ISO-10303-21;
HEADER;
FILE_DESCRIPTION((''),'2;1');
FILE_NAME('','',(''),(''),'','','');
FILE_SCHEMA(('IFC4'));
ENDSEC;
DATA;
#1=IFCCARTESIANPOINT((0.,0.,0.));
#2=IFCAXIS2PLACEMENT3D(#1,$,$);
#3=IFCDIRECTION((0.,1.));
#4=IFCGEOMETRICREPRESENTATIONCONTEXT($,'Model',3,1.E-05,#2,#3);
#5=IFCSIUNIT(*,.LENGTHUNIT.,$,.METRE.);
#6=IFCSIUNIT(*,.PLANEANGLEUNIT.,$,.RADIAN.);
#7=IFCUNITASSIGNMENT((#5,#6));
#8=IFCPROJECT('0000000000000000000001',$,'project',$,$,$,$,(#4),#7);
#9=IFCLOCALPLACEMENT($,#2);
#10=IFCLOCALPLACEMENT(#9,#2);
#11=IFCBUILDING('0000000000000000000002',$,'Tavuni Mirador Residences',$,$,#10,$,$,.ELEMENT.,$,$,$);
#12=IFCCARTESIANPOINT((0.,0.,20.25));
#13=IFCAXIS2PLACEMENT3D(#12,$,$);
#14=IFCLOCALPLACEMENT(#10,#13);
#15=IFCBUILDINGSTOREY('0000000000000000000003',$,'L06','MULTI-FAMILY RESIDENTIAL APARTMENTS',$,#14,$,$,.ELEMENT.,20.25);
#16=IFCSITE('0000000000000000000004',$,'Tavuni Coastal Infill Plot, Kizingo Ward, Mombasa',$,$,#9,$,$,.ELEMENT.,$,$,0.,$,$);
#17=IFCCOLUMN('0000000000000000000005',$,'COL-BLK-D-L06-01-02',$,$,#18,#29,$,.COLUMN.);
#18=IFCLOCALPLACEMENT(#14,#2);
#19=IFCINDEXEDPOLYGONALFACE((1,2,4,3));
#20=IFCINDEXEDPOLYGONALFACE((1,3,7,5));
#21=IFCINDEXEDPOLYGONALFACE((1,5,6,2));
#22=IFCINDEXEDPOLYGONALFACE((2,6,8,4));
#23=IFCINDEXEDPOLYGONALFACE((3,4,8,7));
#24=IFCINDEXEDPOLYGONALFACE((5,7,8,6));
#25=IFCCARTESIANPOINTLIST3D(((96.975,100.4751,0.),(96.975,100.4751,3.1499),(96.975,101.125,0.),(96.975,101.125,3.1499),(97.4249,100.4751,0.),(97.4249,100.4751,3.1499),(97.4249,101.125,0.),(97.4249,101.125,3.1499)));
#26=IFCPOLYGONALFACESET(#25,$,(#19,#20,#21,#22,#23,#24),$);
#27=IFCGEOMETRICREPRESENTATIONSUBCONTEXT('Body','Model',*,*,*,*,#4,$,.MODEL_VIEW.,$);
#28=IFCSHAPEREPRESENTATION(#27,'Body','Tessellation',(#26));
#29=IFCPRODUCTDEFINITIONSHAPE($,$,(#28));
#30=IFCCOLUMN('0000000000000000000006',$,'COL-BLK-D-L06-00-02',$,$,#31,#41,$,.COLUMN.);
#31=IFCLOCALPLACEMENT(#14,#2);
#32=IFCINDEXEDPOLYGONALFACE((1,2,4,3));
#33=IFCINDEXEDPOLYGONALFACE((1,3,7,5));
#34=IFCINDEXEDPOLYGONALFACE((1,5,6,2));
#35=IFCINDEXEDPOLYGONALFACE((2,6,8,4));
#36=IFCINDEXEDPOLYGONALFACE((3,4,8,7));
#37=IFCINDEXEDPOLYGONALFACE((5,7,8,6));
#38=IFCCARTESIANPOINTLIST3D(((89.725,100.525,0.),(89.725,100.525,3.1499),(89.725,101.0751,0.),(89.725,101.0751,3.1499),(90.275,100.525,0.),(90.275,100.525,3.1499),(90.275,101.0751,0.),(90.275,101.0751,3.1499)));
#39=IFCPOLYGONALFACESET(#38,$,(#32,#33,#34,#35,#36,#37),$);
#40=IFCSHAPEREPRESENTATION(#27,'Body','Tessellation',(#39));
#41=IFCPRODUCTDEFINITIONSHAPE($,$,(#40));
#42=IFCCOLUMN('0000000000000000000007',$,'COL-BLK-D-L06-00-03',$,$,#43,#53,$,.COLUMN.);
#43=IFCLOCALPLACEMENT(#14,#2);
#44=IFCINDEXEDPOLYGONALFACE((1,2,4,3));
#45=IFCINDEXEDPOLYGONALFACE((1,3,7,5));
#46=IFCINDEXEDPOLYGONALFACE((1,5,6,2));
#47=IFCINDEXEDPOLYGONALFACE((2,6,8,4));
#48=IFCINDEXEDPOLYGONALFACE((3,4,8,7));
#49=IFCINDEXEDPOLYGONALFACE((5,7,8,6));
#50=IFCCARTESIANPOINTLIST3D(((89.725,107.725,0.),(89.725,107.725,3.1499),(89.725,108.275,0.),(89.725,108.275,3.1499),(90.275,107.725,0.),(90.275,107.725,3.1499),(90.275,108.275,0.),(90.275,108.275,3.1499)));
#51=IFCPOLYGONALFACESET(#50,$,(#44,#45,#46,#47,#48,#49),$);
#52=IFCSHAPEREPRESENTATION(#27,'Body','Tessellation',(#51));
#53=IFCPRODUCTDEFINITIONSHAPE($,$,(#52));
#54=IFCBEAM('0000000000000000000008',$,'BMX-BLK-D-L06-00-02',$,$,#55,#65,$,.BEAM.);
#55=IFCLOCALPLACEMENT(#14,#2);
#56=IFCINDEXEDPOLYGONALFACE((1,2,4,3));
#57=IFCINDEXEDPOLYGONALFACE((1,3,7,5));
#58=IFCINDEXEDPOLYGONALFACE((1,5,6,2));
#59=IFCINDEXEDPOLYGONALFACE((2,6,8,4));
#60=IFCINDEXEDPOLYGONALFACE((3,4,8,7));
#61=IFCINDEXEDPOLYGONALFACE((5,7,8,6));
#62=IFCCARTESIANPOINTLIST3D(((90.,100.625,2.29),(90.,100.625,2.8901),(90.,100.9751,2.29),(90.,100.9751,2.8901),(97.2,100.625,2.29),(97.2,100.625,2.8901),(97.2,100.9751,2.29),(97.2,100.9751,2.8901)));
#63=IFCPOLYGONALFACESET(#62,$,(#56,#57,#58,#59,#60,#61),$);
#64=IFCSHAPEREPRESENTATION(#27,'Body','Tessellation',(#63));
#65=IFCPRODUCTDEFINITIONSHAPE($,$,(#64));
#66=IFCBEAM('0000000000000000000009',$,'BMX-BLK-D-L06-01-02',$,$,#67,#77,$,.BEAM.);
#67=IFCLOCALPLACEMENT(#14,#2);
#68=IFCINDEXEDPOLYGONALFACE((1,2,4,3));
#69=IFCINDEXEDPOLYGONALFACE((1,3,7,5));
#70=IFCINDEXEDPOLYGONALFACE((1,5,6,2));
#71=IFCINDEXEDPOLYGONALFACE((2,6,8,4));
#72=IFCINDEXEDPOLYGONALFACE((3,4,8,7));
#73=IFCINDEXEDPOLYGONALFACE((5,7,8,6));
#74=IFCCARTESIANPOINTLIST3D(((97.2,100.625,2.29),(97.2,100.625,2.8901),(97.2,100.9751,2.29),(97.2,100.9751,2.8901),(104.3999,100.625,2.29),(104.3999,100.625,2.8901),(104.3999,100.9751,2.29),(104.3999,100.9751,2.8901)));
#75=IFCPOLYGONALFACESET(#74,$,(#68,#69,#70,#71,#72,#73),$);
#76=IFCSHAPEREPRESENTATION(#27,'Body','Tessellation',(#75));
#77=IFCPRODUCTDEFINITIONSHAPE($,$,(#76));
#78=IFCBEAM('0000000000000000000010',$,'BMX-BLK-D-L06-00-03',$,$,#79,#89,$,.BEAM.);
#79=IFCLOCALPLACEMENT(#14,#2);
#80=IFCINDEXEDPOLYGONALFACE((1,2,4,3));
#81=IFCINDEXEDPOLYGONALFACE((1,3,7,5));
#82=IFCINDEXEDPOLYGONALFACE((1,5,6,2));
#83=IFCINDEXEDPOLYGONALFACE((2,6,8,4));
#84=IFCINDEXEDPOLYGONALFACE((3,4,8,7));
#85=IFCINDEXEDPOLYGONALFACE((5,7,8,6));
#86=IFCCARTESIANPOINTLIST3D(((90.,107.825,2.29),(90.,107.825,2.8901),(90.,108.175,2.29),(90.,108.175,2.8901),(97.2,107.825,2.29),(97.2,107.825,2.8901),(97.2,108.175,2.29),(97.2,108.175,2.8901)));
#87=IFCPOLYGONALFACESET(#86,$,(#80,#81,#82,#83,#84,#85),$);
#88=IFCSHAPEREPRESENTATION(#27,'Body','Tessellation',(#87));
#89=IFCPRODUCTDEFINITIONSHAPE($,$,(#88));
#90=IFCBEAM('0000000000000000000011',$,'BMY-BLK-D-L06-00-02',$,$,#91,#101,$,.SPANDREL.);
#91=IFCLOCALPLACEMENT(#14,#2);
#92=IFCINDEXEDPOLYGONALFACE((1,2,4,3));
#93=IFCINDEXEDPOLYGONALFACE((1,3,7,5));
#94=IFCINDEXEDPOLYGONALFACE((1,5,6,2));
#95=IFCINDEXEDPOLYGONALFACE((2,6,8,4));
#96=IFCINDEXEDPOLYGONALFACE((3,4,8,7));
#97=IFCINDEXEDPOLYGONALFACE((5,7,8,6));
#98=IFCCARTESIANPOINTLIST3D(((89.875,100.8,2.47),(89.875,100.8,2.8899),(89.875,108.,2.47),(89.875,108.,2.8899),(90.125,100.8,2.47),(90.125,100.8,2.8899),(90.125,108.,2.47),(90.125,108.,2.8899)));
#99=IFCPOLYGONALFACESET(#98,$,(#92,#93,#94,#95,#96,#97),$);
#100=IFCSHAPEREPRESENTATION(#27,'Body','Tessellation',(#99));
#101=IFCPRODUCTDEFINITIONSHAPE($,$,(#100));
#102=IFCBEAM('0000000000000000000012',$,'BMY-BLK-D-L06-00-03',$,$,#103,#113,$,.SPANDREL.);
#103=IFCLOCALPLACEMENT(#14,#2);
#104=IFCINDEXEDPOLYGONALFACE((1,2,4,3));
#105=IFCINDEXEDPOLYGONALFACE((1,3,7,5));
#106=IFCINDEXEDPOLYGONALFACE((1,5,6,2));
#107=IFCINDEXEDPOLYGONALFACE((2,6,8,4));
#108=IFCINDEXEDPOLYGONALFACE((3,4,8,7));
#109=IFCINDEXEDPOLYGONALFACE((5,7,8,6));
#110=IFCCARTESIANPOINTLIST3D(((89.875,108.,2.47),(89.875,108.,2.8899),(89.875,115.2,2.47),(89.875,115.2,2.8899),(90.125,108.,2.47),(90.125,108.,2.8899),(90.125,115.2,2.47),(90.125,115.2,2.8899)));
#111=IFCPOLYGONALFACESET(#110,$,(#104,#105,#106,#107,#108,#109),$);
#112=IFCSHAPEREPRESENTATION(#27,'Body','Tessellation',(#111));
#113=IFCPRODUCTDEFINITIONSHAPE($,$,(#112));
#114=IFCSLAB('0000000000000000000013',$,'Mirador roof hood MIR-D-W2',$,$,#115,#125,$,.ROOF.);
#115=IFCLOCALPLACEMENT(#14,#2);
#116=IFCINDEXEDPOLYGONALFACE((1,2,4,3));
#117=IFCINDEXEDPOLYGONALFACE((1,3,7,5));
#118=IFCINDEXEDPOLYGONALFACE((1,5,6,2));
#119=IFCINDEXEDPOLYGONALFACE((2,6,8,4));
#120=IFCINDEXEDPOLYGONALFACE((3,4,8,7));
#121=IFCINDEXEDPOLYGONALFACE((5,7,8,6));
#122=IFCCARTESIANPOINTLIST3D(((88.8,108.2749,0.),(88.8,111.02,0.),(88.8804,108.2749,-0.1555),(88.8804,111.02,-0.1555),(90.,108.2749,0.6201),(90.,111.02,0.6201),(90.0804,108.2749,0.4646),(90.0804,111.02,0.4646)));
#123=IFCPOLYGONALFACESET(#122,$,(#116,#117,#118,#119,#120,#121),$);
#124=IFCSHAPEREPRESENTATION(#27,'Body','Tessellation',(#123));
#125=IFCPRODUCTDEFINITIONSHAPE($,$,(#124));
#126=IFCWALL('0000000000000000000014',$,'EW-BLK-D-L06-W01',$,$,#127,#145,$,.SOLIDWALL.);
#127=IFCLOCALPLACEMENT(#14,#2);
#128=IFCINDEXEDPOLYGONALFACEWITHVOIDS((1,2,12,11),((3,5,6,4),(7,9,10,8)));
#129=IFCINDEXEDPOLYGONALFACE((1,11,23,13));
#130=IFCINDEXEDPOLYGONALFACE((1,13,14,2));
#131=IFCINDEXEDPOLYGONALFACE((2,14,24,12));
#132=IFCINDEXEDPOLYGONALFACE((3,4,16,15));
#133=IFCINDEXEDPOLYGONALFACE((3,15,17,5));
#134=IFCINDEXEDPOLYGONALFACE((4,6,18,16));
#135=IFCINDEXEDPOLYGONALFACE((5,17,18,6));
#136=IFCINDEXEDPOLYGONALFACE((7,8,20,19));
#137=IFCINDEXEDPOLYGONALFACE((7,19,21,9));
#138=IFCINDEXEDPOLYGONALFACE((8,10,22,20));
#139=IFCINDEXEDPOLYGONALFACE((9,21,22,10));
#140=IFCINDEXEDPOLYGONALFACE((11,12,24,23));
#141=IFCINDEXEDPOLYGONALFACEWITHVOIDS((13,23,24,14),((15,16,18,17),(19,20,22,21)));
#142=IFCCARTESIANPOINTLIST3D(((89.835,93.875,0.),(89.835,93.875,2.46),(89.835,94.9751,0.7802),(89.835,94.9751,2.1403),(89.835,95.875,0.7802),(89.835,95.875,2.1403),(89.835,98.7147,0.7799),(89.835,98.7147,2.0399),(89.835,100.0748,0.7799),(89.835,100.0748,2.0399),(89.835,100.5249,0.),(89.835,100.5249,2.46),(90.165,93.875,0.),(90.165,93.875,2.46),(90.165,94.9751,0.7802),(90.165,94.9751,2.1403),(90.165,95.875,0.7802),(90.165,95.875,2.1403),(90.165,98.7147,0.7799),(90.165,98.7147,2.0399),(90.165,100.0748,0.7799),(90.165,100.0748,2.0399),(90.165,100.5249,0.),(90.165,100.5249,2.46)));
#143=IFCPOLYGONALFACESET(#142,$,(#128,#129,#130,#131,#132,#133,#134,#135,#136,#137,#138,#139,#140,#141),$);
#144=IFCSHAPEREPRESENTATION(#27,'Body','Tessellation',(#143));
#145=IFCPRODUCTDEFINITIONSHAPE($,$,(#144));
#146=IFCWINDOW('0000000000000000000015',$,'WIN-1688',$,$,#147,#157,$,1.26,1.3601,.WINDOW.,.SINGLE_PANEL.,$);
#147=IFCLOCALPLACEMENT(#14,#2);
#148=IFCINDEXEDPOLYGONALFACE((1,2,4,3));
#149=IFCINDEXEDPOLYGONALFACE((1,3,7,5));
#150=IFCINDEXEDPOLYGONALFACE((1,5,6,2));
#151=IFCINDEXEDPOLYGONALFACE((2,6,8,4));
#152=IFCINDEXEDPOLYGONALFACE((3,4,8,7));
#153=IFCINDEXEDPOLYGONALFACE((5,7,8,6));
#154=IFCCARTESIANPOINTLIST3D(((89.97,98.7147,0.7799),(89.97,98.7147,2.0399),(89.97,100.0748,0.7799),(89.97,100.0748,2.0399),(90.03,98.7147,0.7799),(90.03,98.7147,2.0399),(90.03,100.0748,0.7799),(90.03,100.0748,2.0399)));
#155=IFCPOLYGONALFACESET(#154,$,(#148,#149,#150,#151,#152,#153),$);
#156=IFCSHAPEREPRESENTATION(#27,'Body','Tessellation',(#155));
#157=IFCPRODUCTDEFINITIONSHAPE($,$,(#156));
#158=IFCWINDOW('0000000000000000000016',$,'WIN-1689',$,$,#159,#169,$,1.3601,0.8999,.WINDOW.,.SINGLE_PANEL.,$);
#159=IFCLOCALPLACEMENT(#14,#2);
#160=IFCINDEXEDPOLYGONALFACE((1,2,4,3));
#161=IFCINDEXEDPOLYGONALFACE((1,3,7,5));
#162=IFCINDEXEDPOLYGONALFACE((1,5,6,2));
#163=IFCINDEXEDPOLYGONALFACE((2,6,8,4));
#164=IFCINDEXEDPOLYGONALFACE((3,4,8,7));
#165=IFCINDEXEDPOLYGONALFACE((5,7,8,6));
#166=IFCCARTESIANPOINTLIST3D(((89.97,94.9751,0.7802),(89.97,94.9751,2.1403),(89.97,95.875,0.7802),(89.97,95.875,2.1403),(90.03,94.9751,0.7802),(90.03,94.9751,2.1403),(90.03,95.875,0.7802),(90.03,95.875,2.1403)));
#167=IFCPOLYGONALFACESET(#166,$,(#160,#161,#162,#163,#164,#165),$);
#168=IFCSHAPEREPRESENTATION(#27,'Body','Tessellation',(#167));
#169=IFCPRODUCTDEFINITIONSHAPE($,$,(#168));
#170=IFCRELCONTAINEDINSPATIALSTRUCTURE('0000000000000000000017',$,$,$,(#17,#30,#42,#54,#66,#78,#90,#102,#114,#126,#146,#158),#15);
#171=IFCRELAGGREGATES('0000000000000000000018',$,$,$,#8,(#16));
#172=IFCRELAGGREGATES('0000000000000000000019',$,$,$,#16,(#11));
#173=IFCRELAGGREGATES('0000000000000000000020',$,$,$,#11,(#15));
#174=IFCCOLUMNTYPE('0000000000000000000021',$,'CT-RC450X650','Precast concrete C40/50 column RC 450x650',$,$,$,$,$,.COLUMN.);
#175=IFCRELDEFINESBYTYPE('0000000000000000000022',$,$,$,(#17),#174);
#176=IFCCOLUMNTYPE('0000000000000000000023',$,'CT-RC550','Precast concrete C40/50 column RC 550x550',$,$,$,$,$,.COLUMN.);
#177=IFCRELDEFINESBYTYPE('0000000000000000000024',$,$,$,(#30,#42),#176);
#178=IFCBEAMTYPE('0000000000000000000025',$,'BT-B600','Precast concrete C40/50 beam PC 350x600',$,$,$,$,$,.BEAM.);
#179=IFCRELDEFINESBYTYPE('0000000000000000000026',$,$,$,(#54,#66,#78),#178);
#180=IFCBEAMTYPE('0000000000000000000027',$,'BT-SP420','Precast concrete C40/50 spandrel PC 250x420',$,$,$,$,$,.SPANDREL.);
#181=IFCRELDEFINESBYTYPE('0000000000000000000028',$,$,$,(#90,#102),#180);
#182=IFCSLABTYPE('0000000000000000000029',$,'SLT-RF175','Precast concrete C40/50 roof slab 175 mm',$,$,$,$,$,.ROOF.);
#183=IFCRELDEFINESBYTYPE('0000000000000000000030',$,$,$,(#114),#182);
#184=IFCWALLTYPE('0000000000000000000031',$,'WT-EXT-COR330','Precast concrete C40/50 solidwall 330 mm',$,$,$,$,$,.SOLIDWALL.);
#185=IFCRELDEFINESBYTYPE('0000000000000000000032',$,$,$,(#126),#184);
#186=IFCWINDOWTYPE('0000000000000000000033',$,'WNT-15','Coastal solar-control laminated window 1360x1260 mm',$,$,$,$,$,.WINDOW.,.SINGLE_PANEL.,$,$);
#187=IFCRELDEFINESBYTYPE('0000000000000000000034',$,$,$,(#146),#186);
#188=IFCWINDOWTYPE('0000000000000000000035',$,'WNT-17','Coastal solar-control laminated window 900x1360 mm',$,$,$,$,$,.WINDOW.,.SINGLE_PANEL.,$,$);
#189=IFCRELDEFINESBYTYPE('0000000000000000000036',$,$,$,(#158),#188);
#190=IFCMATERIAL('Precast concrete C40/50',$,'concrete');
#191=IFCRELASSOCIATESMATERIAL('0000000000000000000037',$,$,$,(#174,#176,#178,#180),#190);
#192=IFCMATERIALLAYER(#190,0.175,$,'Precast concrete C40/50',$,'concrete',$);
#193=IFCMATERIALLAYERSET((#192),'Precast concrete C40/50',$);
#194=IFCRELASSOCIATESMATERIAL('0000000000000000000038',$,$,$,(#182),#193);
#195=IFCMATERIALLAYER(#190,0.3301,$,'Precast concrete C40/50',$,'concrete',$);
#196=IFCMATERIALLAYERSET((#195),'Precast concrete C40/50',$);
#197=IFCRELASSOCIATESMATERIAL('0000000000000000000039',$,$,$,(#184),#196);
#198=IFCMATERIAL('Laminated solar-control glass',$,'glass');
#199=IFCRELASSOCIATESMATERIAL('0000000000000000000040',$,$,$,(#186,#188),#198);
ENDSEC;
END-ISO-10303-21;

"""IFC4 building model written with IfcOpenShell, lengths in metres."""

from ifc_helpers import new_model, si_unit, direction, frame, frame_2d, origin, origin_2d, place, context, subcontext, project, spatial, polyline, rectangle, outline, extrude, material, layer, layer_set, material_profile, profile_set, type_object, element, fill, save


model = new_model("IFC4")

# Units and contexts
model_context = context("Model", 3, precision=1e-05, world=origin(), true_north=direction((0.0, 1.0)))
body_context = subcontext(model_context, "Body", "Model", "MODEL_VIEW")
ifc_project = project(units=[si_unit("LENGTHUNIT", "METRE"), si_unit("PLANEANGLEUNIT", "RADIAN")], contexts=[model_context])

# Site, building, storey
site_placement = place(None, origin())
site = spatial("IfcSite", under=ifc_project, at=site_placement, Name="Tavuni Coastal Infill Plot, Kizingo Ward, Mombasa", CompositionType="ELEMENT", RefElevation=0.0)
building_placement = place(site_placement, origin())
building = spatial("IfcBuilding", under=site, at=building_placement, Name="Tavuni Mirador Residences", CompositionType="ELEMENT")
storey_placement = place(building_placement, frame((0.0, 0.0, 20.25)))
storey = spatial("IfcBuildingStorey", under=building, at=storey_placement, Name="L06", Description="MULTI-FAMILY RESIDENTIAL APARTMENTS", CompositionType="ELEMENT", Elevation=20.25)

# Columns
ifc_material_1 = material(Name="Precast concrete C40/50", Category="concrete")
ifc_material_profile_1 = material_profile(ifc_material_1, rectangle(XDim=0.45, YDim=0.6499, at=origin_2d()), Name="RC 450x650", Category="concrete")
ifc_profile_set_1 = profile_set([ifc_material_profile_1], Name="Precast concrete C40/50")
column_type_1 = type_object("IfcColumnType", Name="CT-RC450X650", Description="Precast concrete C40/50 column RC 450x650", PredefinedType="COLUMN", material=ifc_profile_set_1)
column_placement = place(storey_placement, frame((97.2, 100.8, 0.0), z_axis=(0.0, 0.0, 1.0), x_axis=(1.0, 0.0, 0.0)))
element("IfcColumn", 1, at=column_placement, inside=storey, type_object=column_type_1, Name="COL-BLK-D-L06-01-02", PredefinedType="COLUMN", context=body_context, shape_type="SweptSolid", body=[
    extrude(rectangle(XDim=0.45, YDim=0.6499, at=origin_2d()), origin(), (0.0, 0.0, 1.0), 3.1499),
])
ifc_material_profile_2 = material_profile(ifc_material_1, rectangle(XDim=0.55, YDim=0.55, at=origin_2d()), Name="RC 550x550", Category="concrete")
ifc_profile_set_2 = profile_set([ifc_material_profile_2], Name="Precast concrete C40/50")
column_type_2 = type_object("IfcColumnType", Name="CT-RC550", Description="Precast concrete C40/50 column RC 550x550", PredefinedType="COLUMN", material=ifc_profile_set_2)
for number, where, z_axis, x_axis, name in (
    (2, (90.0, 100.8, 0.0), (0.0, 0.0, 1.0), (1.0, 0.0, 0.0), "COL-BLK-D-L06-00-02"),
    (3, (90.0, 108.0, 0.0), (0.0, 0.0, 1.0), (1.0, 0.0, 0.0), "COL-BLK-D-L06-00-03"),
):
    element("IfcColumn", number, at=place(storey_placement, frame(where, z_axis=z_axis, x_axis=x_axis)), inside=storey, type_object=column_type_2, Name=name, PredefinedType="COLUMN", context=body_context, shape_type="SweptSolid", body=[
        extrude(rectangle(XDim=0.55, YDim=0.55, at=origin_2d()), origin(), (0.0, 0.0, 1.0), 3.1499),
    ])

# Beams
ifc_material_profile_3 = material_profile(ifc_material_1, rectangle(XDim=0.3501, YDim=0.6001, at=origin_2d()), Name="PC 350x600", Category="concrete")
ifc_profile_set_3 = profile_set([ifc_material_profile_3], Name="Precast concrete C40/50")
beam_type_1 = type_object("IfcBeamType", Name="BT-B600", Description="Precast concrete C40/50 beam PC 350x600", PredefinedType="BEAM", material=ifc_profile_set_3)
for number, where, z_axis, x_axis, name in (
    (4, (90.0, 100.8, 2.5901), (1.0, 0.0, 0.0), (0.0, 1.0, 0.0), "BMX-BLK-D-L06-00-02"),
    (5, (97.2, 100.8, 2.5901), (1.0, 0.0, 0.0), (0.0, 1.0, 0.0), "BMX-BLK-D-L06-01-02"),
    (6, (90.0, 108.0, 2.5901), (1.0, 0.0, 0.0), (0.0, 1.0, 0.0), "BMX-BLK-D-L06-00-03"),
):
    element("IfcBeam", number, at=place(storey_placement, frame(where, z_axis=z_axis, x_axis=x_axis)), inside=storey, type_object=beam_type_1, Name=name, PredefinedType="BEAM", context=body_context, shape_type="SweptSolid", body=[
        extrude(rectangle(XDim=0.3501, YDim=0.6001, at=origin_2d()), origin(), (0.0, 0.0, 1.0), 7.2),
    ])
ifc_material_profile_4 = material_profile(ifc_material_1, rectangle(XDim=0.25, YDim=0.4199, at=origin_2d()), Name="PC 250x420", Category="concrete")
ifc_profile_set_4 = profile_set([ifc_material_profile_4], Name="Precast concrete C40/50")
beam_type_2 = type_object("IfcBeamType", Name="BT-SP420", Description="Precast concrete C40/50 spandrel PC 250x420", PredefinedType="SPANDREL", material=ifc_profile_set_4)
for number, where, z_axis, x_axis, name in (
    (7, (90.0, 100.8, 2.6799), (0.0, 1.0, 0.0), (-1.0, 0.0, 0.0), "BMY-BLK-D-L06-00-02"),
    (8, (90.0, 108.0, 2.6799), (0.0, 1.0, 0.0), (-1.0, 0.0, 0.0), "BMY-BLK-D-L06-00-03"),
):
    element("IfcBeam", number, at=place(storey_placement, frame(where, z_axis=z_axis, x_axis=x_axis)), inside=storey, type_object=beam_type_2, Name=name, PredefinedType="SPANDREL", context=body_context, shape_type="SweptSolid", body=[
        extrude(rectangle(XDim=0.25, YDim=0.4199, at=origin_2d()), origin(), (0.0, 0.0, 1.0), 7.2),
    ])

# Slab
ifc_layer_1 = layer(ifc_material_1, 0.175, Name="Precast concrete C40/50", Category="concrete")
ifc_layer_set_1 = layer_set([ifc_layer_1], Name="Precast concrete C40/50")
slab_type = type_object("IfcSlabType", Name="SLT-RF175", Description="Precast concrete C40/50 roof slab 175 mm", PredefinedType="ROOF", material=ifc_layer_set_1)
slab_placement = place(storey_placement, frame((90.0, 108.2749, 0.6201), z_axis=(-0.459103, 0.0, 0.888383), x_axis=(0.0, 1.0, 0.0)))
element("IfcSlab", 9, at=slab_placement, inside=storey, type_object=slab_type, Name="Mirador roof hood MIR-D-W2", PredefinedType="ROOF", context=body_context, shape_type="SweptSolid", body=[
    extrude(outline(polyline([(0.0, 0.0), (2.7451, 0.0), (2.7451, 1.3507), (0.0, 1.3507), (0.0, 0.0)])), origin(), (0.0, 0.0, -1.0), 0.175),
])

# Wall, openings, windows
ifc_layer_2 = layer(ifc_material_1, 0.3301, Name="Precast concrete C40/50", Category="concrete")
ifc_layer_set_2 = layer_set([ifc_layer_2], Name="Precast concrete C40/50")
wall_type_1 = type_object("IfcWallType", Name="WT-EXT-COR330", Description="Precast concrete C40/50 solidwall 330 mm", PredefinedType="SOLIDWALL", material=ifc_layer_set_2)
wall_1_placement = place(storey_placement, frame((90.0, 100.5249, 0.0), z_axis=(0.0, 0.0, 1.0), x_axis=(0.0, -1.0, 0.0)))
wall_1 = element("IfcWall", 10, at=wall_1_placement, inside=storey, type_object=wall_type_1, Name="EW-BLK-D-L06-W01", PredefinedType="SOLIDWALL", context=body_context, shape_type="SweptSolid", body=[
    extrude(rectangle(XDim=6.6499, YDim=0.3301, at=frame_2d((3.325, 0.0))), origin(), (0.0, 0.0, 1.0), 2.46),
])
opening_1_placement = place(wall_1_placement, frame((0.45, 0.0, 0.78)))
opening_1 = element("IfcOpeningElement", 11, at=opening_1_placement, cuts=wall_1, PredefinedType="OPENING", context=body_context, shape_type="SweptSolid", body=[
    extrude(rectangle(XDim=1.3601, YDim=1.26, at=frame_2d((0.6802, 0.6299))), frame((0.0, 0.175, 0.0), z_axis=(0.0, -1.0, 0.0), x_axis=(1.0, 0.0, 0.0)), (0.0, 0.0, 1.0), 0.3501),
])
opening_2_placement = place(wall_1_placement, frame((4.6499, 0.0, 0.78)))
opening_2 = element("IfcOpeningElement", 12, at=opening_2_placement, cuts=wall_1, PredefinedType="OPENING", context=body_context, shape_type="SweptSolid", body=[
    extrude(rectangle(XDim=0.8999, YDim=1.3601, at=frame_2d((0.45, 0.6802))), frame((0.0, 0.175, 0.0), z_axis=(0.0, -1.0, 0.0), x_axis=(1.0, 0.0, 0.0)), (0.0, 0.0, 1.0), 0.3501),
])
ifc_material_2 = material(Name="Laminated solar-control glass", Category="glass")
window_type_1 = type_object("IfcWindowType", Name="WNT-15", Description="Coastal solar-control laminated window 1360x1260 mm", PartitioningType="SINGLE_PANEL", PredefinedType="WINDOW", material=ifc_material_2)
window_1_placement = place(opening_1_placement, origin())
window_1 = element("IfcWindow", 13, at=window_1_placement, inside=storey, type_object=window_type_1, Name="WIN-1688", OverallHeight=1.26, OverallWidth=1.3601, PartitioningType="SINGLE_PANEL", PredefinedType="WINDOW", context=body_context, shape_type="SweptSolid", body=[
    extrude(rectangle(XDim=1.3601, YDim=1.26, at=frame_2d((0.6802, 0.6299))), frame((0.0, 0.03, 0.0), z_axis=(0.0, -1.0, 0.0), x_axis=(1.0, 0.0, 0.0)), (0.0, 0.0, 1.0), 0.0601),
])
fill(opening_1, window_1)
window_type_2 = type_object("IfcWindowType", Name="WNT-17", Description="Coastal solar-control laminated window 900x1360 mm", PartitioningType="SINGLE_PANEL", PredefinedType="WINDOW", material=ifc_material_2)
window_2_placement = place(opening_2_placement, origin())
window_2 = element("IfcWindow", 14, at=window_2_placement, inside=storey, type_object=window_type_2, Name="WIN-1689", OverallHeight=1.3601, OverallWidth=0.8999, PartitioningType="SINGLE_PANEL", PredefinedType="WINDOW", context=body_context, shape_type="SweptSolid", body=[
    extrude(rectangle(XDim=0.8999, YDim=1.3601, at=frame_2d((0.45, 0.6802))), frame((0.0, 0.03, 0.0), z_axis=(0.0, -1.0, 0.0), x_axis=(1.0, 0.0, 0.0)), (0.0, 0.0, 1.0), 0.0601),
])
fill(opening_2, window_2)

save(model, "model.ifc")
